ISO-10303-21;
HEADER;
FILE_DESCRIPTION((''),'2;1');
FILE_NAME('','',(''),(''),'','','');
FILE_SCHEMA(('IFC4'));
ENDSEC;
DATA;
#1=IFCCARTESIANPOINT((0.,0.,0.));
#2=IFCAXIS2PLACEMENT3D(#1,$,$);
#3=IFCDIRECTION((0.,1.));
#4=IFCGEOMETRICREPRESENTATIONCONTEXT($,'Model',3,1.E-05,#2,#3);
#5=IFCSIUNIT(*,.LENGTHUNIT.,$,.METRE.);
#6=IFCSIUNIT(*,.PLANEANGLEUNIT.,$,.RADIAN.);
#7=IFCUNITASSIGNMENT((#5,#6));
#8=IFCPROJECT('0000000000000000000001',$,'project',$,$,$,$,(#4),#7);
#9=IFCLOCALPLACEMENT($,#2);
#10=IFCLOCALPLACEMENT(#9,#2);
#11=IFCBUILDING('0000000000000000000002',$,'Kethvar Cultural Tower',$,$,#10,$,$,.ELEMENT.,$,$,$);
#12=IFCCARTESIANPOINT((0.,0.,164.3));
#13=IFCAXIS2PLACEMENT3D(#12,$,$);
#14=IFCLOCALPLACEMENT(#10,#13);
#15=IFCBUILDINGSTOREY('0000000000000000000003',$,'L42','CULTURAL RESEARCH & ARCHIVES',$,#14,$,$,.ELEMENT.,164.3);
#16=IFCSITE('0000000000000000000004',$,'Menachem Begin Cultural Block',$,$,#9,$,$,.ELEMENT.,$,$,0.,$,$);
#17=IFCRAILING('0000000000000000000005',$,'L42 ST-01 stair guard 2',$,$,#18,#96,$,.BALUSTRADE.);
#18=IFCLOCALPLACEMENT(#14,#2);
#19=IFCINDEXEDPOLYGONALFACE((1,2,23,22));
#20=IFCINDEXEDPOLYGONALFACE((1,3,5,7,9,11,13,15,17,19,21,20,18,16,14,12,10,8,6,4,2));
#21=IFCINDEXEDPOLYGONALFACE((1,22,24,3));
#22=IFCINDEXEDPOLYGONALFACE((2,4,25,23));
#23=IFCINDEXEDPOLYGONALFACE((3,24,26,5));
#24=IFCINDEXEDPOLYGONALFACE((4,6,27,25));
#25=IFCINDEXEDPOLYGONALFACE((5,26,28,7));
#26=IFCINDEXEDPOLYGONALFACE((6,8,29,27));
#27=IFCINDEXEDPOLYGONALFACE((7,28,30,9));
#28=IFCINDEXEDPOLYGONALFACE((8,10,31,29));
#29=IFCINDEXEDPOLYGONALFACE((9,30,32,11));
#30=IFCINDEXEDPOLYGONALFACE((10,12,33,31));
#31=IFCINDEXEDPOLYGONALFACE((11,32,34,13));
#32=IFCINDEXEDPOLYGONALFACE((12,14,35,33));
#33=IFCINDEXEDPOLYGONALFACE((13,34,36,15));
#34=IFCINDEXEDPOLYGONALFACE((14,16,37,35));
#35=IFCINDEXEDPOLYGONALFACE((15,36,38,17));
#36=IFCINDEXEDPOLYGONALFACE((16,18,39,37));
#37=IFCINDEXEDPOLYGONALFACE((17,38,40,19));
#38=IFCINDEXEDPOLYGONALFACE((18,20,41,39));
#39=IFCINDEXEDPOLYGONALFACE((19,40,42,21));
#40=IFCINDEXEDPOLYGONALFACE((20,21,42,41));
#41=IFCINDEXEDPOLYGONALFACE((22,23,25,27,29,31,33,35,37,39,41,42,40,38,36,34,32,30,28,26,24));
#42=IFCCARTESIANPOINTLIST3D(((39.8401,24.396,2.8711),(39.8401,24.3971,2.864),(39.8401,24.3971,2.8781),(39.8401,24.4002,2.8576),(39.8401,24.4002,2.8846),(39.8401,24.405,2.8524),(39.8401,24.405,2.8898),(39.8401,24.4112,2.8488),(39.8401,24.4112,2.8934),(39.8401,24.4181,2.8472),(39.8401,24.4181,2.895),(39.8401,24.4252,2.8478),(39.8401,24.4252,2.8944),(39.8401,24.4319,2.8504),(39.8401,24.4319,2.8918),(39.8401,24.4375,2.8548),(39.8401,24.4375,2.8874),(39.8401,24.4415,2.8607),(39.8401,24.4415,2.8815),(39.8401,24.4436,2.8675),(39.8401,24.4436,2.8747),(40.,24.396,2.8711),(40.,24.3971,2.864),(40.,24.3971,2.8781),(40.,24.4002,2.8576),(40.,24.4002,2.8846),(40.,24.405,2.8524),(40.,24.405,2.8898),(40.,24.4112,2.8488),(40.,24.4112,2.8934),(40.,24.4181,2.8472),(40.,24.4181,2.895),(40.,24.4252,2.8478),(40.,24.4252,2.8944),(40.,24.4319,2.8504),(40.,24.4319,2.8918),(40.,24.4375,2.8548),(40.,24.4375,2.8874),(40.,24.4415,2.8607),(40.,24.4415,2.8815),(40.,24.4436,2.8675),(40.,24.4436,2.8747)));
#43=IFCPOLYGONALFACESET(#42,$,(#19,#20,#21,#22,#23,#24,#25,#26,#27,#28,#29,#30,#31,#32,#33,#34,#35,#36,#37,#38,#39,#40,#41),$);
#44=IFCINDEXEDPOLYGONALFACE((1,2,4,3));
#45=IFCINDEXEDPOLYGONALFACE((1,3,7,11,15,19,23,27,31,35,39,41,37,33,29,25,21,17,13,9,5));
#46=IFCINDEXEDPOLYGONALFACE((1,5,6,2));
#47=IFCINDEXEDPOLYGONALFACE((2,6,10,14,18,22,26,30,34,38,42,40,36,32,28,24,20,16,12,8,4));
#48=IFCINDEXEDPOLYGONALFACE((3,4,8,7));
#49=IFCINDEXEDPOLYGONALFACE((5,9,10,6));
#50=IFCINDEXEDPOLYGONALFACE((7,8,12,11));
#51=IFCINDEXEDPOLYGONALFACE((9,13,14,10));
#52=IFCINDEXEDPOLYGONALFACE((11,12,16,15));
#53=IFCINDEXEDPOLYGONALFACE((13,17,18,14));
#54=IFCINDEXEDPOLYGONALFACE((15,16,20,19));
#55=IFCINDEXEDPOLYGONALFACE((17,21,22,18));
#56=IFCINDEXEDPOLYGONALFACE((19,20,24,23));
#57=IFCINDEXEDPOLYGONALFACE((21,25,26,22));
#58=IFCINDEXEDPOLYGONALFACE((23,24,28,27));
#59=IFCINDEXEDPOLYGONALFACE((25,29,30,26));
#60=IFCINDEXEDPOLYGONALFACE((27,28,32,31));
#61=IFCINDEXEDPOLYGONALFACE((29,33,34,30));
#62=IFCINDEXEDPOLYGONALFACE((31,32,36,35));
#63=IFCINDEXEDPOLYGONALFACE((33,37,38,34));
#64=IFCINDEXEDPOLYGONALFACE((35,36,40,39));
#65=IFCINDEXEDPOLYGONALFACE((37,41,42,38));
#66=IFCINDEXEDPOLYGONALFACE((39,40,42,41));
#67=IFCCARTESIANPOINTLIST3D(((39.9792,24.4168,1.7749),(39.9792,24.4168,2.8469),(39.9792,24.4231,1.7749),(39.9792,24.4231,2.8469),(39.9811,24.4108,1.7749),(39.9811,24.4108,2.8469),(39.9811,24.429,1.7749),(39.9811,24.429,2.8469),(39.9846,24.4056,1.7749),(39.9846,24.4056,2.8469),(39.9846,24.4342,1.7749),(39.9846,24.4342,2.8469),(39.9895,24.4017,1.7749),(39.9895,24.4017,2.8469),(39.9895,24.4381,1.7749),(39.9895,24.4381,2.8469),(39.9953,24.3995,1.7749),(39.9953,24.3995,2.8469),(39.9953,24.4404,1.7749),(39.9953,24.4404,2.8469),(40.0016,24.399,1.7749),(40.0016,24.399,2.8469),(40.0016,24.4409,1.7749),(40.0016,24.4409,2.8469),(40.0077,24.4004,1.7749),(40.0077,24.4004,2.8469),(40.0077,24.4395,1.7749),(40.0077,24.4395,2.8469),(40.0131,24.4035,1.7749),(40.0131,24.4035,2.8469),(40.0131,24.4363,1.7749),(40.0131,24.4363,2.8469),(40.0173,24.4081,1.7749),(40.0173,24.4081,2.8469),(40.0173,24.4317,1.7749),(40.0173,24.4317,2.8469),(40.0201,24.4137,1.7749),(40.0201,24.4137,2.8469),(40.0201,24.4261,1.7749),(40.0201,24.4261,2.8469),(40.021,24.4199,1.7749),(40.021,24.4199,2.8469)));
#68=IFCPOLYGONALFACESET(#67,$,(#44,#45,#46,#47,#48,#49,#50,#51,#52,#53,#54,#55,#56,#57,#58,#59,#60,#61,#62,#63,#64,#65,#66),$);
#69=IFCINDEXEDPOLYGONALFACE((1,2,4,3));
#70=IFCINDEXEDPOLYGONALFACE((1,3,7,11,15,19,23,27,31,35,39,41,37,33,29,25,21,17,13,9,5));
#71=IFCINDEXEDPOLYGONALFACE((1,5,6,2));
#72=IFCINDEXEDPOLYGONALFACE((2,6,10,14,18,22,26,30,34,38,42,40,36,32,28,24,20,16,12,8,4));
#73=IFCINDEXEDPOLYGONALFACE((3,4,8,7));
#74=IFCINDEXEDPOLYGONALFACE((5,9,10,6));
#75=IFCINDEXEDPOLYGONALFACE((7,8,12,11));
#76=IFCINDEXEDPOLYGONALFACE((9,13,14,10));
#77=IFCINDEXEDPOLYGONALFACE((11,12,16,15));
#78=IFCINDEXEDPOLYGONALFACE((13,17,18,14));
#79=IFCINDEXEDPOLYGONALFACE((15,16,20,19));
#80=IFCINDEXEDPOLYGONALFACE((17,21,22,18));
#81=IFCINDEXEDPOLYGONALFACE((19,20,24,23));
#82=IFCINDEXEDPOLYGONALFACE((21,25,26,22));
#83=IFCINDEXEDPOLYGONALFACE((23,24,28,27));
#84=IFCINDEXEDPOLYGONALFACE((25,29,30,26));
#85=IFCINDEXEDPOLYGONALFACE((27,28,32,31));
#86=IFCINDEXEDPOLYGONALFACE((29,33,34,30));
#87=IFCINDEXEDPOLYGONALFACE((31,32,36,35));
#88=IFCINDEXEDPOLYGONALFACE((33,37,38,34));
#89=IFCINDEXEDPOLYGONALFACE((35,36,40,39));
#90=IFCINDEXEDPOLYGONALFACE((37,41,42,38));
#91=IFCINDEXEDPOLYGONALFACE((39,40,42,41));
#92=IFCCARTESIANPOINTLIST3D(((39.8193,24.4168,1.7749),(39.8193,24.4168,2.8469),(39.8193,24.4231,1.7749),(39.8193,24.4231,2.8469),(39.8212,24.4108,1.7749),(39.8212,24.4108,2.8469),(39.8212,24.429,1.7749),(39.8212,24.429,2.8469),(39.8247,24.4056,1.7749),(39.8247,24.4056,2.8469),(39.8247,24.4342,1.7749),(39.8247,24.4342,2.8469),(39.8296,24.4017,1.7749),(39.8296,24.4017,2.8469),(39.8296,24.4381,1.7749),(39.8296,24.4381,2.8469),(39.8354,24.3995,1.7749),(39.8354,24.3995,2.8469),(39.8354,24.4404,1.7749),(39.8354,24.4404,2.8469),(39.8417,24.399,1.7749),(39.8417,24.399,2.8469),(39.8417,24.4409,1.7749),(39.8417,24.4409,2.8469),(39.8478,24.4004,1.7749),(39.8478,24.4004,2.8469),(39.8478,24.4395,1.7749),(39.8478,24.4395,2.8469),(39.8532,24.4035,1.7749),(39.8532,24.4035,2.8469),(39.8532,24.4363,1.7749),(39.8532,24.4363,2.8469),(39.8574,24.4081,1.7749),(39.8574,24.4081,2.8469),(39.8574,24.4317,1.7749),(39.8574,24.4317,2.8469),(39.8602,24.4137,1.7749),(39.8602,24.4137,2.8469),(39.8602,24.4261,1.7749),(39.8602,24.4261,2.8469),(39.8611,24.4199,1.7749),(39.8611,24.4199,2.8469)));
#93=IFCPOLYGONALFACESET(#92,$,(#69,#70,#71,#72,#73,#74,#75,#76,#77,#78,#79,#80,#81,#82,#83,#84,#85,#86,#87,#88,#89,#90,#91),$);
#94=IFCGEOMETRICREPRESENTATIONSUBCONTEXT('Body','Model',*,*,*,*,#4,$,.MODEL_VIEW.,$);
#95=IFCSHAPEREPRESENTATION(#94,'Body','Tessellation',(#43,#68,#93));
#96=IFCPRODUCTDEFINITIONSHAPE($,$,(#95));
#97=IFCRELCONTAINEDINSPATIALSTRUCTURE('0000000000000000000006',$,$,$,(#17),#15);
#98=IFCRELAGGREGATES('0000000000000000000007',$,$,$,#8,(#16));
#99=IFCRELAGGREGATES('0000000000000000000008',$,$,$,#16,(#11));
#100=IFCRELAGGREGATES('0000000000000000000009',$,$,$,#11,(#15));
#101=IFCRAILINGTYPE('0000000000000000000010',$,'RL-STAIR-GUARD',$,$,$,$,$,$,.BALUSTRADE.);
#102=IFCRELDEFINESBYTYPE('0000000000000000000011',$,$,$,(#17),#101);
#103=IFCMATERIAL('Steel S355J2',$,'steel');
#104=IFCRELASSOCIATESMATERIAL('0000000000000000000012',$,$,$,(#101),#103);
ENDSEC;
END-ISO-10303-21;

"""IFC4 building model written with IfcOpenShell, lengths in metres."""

from ifc_helpers import new_model, si_unit, direction, frame, origin, origin_2d, place, context, subcontext, project, spatial, circle, extrude, material, type_object, element, save


model = new_model("IFC4")

# Units and contexts
model_context = context("Model", 3, precision=1e-05, world=origin(), true_north=direction((0.0, 1.0)))
body_context = subcontext(model_context, "Body", "Model", "MODEL_VIEW")
ifc_project = project(units=[si_unit("LENGTHUNIT", "METRE"), si_unit("PLANEANGLEUNIT", "RADIAN")], contexts=[model_context])

# Site, building, storey
site_placement = place(None, origin())
site = spatial("IfcSite", under=ifc_project, at=site_placement, Name="Menachem Begin Cultural Block", CompositionType="ELEMENT", RefElevation=0.0)
building_placement = place(site_placement, origin())
building = spatial("IfcBuilding", under=site, at=building_placement, Name="Kethvar Cultural Tower", CompositionType="ELEMENT")
storey_placement = place(building_placement, frame((0.0, 0.0, 164.3)))
storey = spatial("IfcBuildingStorey", under=building, at=storey_placement, Name="L42", Description="CULTURAL RESEARCH & ARCHIVES", CompositionType="ELEMENT", Elevation=164.3)

# Shared definitions
ifc_material_1 = material(Name="Steel S355J2", Category="steel")

# Railing
railing_type_1 = type_object("IfcRailingType", Name="RL-STAIR-GUARD", PredefinedType="BALUSTRADE", material=ifc_material_1)
railing_1_placement = place(storey_placement, frame((40.0, 24.4199, 1.7749)))
element("IfcRailing", 1, at=railing_1_placement, inside=storey, type_object=railing_type_1, Name="L42 ST-01 stair guard 2", PredefinedType="BALUSTRADE", context=body_context, shape_type="SweptSolid", body=[
    extrude(circle(Radius=0.0239, at=origin_2d()), frame((0.0, 0.0, 1.0962), z_axis=(-1.0, 0.0, 0.0), x_axis=(0.0, -1.0, 0.0)), (0.0, 0.0, 1.0), 0.1599),
    extrude(circle(Radius=0.021, at=origin_2d()), origin(), (0.0, 0.0, 1.0), 1.072),
    extrude(circle(Radius=0.021, at=origin_2d()), frame((-0.1599, 0.0, 0.0)), (0.0, 0.0, 1.0), 1.072),
])

save(model, "model.ifc")
